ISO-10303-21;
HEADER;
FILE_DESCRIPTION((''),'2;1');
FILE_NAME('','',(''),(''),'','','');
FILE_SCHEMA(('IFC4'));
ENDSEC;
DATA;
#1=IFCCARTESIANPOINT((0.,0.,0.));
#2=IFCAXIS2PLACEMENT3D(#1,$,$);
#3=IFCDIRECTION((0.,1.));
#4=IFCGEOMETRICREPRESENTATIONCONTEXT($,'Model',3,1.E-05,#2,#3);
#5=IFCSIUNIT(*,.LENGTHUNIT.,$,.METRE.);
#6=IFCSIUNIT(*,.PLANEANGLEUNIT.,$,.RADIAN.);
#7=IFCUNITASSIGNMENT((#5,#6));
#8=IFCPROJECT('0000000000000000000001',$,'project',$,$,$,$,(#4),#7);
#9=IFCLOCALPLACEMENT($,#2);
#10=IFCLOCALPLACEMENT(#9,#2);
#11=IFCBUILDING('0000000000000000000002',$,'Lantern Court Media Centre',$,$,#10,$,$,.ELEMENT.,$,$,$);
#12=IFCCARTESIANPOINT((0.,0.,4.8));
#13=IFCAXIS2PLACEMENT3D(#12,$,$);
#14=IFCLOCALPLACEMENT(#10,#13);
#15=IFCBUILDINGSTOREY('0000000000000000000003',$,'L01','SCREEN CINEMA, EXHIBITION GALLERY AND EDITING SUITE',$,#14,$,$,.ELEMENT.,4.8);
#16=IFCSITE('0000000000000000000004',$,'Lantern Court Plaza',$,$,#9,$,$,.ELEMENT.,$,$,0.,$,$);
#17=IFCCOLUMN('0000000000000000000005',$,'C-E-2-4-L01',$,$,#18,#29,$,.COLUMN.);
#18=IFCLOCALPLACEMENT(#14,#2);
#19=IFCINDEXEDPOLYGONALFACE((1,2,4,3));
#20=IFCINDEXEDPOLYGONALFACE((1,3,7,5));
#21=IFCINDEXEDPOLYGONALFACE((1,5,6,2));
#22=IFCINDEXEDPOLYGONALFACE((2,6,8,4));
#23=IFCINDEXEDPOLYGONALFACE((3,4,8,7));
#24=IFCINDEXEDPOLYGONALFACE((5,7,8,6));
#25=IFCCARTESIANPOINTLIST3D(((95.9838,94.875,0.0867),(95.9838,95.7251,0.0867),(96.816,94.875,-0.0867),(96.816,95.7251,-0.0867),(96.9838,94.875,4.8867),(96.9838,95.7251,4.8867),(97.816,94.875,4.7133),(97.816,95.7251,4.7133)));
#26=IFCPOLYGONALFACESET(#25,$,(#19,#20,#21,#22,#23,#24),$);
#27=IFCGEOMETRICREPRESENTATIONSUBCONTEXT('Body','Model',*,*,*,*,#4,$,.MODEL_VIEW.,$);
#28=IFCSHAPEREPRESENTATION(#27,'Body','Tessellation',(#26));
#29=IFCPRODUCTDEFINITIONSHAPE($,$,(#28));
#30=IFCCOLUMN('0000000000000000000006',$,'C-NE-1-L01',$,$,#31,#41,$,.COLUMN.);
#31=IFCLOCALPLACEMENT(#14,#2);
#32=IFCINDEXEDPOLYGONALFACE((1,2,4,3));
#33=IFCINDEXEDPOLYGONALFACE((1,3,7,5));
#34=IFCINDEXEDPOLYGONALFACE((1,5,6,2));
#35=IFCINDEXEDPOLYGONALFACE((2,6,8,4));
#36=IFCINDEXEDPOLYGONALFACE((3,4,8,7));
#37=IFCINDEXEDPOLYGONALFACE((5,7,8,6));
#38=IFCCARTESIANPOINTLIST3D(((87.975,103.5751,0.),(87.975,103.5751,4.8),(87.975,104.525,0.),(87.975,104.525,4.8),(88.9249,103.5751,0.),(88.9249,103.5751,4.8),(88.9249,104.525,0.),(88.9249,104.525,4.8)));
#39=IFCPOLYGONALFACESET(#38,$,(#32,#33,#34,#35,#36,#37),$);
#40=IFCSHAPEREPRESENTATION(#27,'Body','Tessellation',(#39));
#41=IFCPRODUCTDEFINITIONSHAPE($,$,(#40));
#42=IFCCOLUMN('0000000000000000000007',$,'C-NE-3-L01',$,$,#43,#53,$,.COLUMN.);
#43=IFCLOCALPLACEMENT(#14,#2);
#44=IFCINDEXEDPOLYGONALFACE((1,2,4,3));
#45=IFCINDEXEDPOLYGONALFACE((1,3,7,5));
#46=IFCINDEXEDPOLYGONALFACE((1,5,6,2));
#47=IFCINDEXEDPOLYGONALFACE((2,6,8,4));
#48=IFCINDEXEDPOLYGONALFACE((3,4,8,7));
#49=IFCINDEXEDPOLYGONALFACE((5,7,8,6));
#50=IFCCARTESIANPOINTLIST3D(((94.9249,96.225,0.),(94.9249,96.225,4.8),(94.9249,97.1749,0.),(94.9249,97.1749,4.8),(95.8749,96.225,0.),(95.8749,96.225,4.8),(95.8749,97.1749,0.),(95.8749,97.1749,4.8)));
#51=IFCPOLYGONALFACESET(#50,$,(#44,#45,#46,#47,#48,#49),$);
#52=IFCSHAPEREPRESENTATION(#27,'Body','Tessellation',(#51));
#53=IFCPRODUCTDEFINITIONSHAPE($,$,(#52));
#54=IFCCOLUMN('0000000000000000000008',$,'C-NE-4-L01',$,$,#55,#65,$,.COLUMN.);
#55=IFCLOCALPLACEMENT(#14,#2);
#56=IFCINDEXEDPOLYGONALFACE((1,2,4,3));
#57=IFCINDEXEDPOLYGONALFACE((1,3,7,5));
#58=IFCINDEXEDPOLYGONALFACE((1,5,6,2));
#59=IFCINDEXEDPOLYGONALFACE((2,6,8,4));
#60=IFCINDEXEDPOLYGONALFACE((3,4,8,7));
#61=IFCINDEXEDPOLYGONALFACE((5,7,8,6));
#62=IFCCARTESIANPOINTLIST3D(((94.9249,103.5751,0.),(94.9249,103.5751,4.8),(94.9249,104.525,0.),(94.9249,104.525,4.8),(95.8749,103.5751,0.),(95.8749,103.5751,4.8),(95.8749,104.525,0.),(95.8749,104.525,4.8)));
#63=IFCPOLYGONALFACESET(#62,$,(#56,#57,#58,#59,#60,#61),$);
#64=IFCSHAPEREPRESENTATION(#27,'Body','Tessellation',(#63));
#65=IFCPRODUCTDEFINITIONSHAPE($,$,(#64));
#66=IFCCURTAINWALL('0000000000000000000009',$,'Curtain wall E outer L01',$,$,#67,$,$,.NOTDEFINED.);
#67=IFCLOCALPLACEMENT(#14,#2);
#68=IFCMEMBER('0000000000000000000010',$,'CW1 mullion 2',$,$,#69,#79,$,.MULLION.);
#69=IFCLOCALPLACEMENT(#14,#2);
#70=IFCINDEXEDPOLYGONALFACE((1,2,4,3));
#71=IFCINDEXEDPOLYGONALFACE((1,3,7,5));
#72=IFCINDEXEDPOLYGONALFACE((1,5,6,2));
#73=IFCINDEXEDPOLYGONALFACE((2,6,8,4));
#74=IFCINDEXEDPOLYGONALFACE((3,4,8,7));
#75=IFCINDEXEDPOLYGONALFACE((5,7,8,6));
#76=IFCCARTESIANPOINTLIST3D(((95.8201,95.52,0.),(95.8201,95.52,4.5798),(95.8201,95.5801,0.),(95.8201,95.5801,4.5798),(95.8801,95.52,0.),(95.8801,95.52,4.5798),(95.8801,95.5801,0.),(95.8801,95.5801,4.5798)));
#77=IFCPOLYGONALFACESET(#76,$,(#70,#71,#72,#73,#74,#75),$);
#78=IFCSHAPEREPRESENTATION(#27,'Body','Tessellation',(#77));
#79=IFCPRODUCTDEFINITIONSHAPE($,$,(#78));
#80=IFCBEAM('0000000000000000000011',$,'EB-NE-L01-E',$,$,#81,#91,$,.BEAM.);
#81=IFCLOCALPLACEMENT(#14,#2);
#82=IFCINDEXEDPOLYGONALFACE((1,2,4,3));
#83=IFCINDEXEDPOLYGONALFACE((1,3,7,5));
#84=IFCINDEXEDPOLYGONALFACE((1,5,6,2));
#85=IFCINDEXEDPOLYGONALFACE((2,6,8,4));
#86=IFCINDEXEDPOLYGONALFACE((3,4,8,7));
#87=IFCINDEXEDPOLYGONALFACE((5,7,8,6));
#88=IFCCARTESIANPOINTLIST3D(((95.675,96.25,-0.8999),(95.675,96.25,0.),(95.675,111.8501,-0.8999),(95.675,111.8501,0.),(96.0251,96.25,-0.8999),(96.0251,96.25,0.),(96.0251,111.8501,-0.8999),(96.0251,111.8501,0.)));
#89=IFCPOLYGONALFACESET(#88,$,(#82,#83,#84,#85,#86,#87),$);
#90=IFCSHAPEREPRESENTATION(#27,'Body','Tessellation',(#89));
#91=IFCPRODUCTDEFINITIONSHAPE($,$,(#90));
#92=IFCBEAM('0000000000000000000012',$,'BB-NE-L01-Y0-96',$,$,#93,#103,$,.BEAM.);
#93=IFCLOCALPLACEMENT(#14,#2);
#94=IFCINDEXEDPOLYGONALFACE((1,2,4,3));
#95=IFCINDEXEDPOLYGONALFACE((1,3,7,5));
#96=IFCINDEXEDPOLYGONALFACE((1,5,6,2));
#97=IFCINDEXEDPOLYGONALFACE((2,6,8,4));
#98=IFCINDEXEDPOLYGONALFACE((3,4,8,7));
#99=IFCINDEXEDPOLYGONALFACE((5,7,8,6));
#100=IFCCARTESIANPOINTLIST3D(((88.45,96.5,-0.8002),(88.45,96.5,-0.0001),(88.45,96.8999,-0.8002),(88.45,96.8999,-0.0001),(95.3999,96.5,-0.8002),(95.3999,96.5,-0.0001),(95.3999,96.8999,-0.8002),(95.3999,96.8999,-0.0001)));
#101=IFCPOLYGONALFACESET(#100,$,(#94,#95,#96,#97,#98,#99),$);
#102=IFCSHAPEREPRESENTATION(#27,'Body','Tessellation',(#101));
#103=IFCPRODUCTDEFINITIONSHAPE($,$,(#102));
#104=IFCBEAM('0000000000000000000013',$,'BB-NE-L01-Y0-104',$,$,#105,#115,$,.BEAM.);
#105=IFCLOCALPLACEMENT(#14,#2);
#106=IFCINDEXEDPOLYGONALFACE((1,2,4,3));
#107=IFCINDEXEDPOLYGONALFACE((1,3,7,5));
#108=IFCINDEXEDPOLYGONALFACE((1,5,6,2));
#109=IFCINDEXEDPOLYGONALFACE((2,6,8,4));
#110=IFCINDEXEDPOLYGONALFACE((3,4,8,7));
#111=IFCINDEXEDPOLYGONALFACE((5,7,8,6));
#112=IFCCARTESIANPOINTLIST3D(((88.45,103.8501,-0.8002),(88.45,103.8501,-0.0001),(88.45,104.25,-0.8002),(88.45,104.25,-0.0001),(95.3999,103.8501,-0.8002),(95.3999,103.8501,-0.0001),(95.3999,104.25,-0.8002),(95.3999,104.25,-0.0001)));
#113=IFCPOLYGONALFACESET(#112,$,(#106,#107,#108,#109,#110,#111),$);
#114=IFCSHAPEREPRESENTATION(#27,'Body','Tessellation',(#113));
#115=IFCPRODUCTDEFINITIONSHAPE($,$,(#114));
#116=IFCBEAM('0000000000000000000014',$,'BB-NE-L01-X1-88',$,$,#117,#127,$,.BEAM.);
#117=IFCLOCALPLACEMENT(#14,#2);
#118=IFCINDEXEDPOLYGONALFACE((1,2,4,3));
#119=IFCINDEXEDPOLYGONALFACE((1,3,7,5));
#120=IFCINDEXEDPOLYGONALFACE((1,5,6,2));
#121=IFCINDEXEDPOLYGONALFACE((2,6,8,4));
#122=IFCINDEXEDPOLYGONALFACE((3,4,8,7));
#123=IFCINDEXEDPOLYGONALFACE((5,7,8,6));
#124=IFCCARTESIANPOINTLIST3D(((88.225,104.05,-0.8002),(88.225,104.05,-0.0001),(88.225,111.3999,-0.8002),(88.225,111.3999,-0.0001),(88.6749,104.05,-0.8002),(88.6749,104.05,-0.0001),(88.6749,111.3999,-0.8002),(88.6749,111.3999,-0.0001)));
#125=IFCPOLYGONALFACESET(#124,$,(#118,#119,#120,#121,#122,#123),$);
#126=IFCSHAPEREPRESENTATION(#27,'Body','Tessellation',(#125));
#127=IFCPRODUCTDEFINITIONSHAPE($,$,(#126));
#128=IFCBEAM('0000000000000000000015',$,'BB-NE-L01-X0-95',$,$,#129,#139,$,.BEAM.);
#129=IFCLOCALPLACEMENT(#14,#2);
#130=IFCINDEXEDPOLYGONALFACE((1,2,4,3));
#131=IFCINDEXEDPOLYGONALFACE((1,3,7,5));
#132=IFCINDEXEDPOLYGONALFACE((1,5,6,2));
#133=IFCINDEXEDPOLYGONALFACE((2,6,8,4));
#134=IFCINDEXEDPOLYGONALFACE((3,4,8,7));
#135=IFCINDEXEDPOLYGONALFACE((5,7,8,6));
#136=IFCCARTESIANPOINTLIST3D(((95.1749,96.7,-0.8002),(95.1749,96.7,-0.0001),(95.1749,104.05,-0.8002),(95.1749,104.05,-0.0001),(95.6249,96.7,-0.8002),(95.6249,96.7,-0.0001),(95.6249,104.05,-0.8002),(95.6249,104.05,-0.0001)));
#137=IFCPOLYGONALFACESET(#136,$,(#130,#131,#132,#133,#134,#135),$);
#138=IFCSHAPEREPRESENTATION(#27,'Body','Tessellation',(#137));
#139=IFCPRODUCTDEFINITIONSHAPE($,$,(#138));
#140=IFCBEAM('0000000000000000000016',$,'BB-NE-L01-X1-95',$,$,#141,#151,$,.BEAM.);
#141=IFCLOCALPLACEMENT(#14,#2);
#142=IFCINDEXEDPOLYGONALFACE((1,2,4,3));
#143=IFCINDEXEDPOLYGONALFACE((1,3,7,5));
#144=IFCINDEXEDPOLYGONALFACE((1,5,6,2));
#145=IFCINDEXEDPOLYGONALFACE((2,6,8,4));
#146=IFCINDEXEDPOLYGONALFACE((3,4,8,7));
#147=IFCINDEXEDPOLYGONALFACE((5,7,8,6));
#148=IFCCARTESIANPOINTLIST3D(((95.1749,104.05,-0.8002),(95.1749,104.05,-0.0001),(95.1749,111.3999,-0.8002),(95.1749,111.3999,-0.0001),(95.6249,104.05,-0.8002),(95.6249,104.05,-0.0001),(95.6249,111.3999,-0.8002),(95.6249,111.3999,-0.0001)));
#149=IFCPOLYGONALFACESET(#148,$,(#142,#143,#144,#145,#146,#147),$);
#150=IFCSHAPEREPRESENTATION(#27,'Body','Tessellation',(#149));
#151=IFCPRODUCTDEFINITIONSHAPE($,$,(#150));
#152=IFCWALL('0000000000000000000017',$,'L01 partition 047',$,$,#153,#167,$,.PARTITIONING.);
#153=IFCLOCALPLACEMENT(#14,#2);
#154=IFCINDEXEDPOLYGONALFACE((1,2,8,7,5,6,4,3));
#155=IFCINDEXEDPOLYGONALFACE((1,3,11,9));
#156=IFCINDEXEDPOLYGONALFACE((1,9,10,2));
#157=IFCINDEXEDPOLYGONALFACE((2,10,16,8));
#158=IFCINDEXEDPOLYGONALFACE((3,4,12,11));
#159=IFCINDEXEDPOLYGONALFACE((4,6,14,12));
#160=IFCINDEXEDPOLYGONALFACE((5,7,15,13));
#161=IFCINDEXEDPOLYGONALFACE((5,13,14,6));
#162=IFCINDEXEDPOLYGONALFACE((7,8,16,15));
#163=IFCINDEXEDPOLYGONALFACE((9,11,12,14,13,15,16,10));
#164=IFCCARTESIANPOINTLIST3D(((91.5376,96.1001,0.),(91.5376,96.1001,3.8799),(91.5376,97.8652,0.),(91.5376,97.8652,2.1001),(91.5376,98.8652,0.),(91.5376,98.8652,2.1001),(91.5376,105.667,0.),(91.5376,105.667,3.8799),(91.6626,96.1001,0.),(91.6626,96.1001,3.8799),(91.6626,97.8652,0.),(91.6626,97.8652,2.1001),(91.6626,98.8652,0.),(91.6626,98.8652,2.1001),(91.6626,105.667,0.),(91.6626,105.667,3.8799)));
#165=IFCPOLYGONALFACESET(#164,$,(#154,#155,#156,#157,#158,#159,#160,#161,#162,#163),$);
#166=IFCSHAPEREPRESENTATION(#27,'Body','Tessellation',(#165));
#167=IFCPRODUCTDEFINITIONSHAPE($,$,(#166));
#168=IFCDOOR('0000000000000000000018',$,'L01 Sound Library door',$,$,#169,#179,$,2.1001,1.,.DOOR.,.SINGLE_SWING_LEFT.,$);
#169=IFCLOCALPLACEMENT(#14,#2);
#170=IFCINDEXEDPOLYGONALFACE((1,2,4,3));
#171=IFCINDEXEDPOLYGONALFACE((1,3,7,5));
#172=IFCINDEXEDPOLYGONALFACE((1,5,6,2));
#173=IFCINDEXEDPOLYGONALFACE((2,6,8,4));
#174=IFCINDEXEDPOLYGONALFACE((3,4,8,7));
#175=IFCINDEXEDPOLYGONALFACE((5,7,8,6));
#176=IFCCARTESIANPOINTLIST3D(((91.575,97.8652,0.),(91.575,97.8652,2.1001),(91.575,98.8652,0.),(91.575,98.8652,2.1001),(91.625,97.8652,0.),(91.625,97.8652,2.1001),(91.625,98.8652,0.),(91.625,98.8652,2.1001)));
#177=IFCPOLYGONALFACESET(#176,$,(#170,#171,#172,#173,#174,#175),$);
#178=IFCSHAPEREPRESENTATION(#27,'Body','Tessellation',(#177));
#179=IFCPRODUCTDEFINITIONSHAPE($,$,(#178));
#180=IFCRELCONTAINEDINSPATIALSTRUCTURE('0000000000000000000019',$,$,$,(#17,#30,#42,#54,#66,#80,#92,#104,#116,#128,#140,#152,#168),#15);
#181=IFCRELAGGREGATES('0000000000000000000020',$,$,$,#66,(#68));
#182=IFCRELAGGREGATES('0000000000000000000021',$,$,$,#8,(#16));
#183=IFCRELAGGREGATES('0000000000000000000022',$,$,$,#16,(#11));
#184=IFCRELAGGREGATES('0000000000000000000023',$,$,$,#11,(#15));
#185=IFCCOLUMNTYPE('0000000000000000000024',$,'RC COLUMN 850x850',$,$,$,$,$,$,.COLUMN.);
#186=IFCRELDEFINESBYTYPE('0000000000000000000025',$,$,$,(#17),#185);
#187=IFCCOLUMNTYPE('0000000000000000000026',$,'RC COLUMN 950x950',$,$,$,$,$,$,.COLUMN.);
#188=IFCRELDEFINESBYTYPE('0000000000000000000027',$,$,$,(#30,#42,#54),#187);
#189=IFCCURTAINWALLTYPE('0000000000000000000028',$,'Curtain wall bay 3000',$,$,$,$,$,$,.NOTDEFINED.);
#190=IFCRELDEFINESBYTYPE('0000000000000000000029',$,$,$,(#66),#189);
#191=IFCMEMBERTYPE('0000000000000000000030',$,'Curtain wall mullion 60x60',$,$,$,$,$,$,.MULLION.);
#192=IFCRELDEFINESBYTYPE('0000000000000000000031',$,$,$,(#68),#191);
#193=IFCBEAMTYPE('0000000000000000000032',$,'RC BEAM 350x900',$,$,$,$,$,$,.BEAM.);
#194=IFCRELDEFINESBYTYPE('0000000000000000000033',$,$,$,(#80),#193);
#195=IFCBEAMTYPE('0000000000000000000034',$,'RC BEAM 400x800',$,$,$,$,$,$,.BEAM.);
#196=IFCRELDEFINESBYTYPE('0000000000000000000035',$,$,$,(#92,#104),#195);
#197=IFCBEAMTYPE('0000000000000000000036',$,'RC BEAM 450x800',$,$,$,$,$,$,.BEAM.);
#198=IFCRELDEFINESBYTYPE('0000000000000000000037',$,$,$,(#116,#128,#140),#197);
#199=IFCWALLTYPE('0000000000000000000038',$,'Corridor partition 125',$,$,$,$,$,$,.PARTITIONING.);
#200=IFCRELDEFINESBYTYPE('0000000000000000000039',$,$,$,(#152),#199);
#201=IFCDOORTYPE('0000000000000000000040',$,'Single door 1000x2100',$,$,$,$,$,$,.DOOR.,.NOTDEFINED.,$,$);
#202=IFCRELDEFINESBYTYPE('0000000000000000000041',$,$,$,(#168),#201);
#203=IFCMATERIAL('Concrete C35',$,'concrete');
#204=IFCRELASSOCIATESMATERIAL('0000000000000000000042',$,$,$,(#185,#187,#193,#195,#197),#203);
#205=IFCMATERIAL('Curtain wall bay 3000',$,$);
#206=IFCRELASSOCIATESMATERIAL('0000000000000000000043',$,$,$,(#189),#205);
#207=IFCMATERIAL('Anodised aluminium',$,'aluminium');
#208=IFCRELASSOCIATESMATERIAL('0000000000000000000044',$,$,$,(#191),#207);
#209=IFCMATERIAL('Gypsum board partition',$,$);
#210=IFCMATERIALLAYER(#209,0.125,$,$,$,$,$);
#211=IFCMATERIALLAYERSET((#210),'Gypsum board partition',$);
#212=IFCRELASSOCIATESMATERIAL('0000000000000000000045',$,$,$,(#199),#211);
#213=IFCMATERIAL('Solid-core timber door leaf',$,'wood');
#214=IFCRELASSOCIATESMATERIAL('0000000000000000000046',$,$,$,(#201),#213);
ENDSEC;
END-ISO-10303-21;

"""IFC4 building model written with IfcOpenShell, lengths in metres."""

from ifc_helpers import new_model, si_unit, direction, frame, frame_2d, origin, origin_2d, place, context, subcontext, project, spatial, rectangle, extrude, material, layer, layer_set, material_profile, profile_set, type_object, element, fill, aggregate, save


model = new_model("IFC4")

# Units and contexts
model_context = context("Model", 3, precision=1e-05, world=origin(), true_north=direction((0.0, 1.0)))
body_context = subcontext(model_context, "Body", "Model", "MODEL_VIEW")
ifc_project = project(units=[si_unit("LENGTHUNIT", "METRE"), si_unit("PLANEANGLEUNIT", "RADIAN")], contexts=[model_context])

# Site, building, storey
site_placement = place(None, origin())
site = spatial("IfcSite", under=ifc_project, at=site_placement, Name="Lantern Court Plaza", CompositionType="ELEMENT", RefElevation=0.0)
building_placement = place(site_placement, origin())
building = spatial("IfcBuilding", under=site, at=building_placement, Name="Lantern Court Media Centre", CompositionType="ELEMENT")
storey_placement = place(building_placement, frame((0.0, 0.0, 4.8)))
storey = spatial("IfcBuildingStorey", under=building, at=storey_placement, Name="L01", Description="SCREEN CINEMA, EXHIBITION GALLERY AND EDITING SUITE", CompositionType="ELEMENT", Elevation=4.8)

# Columns
ifc_material_1 = material(Name="Concrete C35", Category="concrete")
ifc_material_profile_1 = material_profile(ifc_material_1, rectangle(XDim=0.8501, YDim=0.8501, at=origin_2d()), Name="RC 850x850")
ifc_profile_set_1 = profile_set([ifc_material_profile_1], Name="Concrete C35")
column_type_1 = type_object("IfcColumnType", Name="RC COLUMN 850x850", PredefinedType="COLUMN", material=ifc_profile_set_1)
column_placement = place(storey_placement, frame((96.3999, 95.3, 0.0), z_axis=(0.203952, 0.0, 0.978981), x_axis=(0.0, 1.0, 0.0)))
element("IfcColumn", 1, at=column_placement, inside=storey, type_object=column_type_1, Name="C-E-2-4-L01", PredefinedType="COLUMN", context=body_context, shape_type="SweptSolid", body=[
    extrude(rectangle(XDim=0.8501, YDim=0.8501, at=origin_2d()), origin(), (0.0, 0.0, 1.0), 4.9031),
])
ifc_material_profile_2 = material_profile(ifc_material_1, rectangle(XDim=0.95, YDim=0.95, at=origin_2d()), Name="RC 950x950")
ifc_profile_set_2 = profile_set([ifc_material_profile_2], Name="Concrete C35")
column_type_2 = type_object("IfcColumnType", Name="RC COLUMN 950x950", PredefinedType="COLUMN", material=ifc_profile_set_2)
for number, where, z_axis, x_axis, name in (
    (2, (88.45, 104.05, 0.0), (0.0, 0.0, 1.0), (1.0, 0.0, 0.0), "C-NE-1-L01"),
    (3, (95.3999, 96.7, 0.0), (0.0, 0.0, 1.0), (1.0, 0.0, 0.0), "C-NE-3-L01"),
    (4, (95.3999, 104.05, 0.0), (0.0, 0.0, 1.0), (1.0, 0.0, 0.0), "C-NE-4-L01"),
):
    element("IfcColumn", number, at=place(storey_placement, frame(where, z_axis=z_axis, x_axis=x_axis)), inside=storey, type_object=column_type_2, Name=name, PredefinedType="COLUMN", context=body_context, shape_type="SweptSolid", body=[
        extrude(rectangle(XDim=0.95, YDim=0.95, at=origin_2d()), origin(), (0.0, 0.0, 1.0), 4.8),
    ])

# Curtain wall, member
ifc_material_2 = material(Name="Curtain wall bay 3000")
curtain_wall_type = type_object("IfcCurtainWallType", Name="Curtain wall bay 3000", PredefinedType="NOTDEFINED", material=ifc_material_2)
curtain_wall_placement = place(storey_placement, origin())
curtain_wall = element("IfcCurtainWall", 5, at=curtain_wall_placement, inside=storey, type_object=curtain_wall_type, Name="Curtain wall E outer L01", PredefinedType="NOTDEFINED")
ifc_material_3 = material(Name="Anodised aluminium", Category="aluminium")
ifc_material_profile_3 = material_profile(ifc_material_3, rectangle(XDim=0.0601, YDim=0.0601, at=origin_2d()), Name="AL 60x60")
ifc_profile_set_3 = profile_set([ifc_material_profile_3], Name="Anodised aluminium")
member_type = type_object("IfcMemberType", Name="Curtain wall mullion 60x60", PredefinedType="MULLION", material=ifc_profile_set_3)
member_placement = place(storey_placement, frame((95.8501, 95.55, 0.0), z_axis=(0.0, 0.0, 1.0), x_axis=(-1.0, 0.0, 0.0)))
member = element("IfcMember", 6, at=member_placement, type_object=member_type, Name="CW1 mullion 2", PredefinedType="MULLION", context=body_context, shape_type="SweptSolid", body=[
    extrude(rectangle(XDim=0.0601, YDim=0.0601, at=origin_2d()), origin(), (0.0, 0.0, 1.0), 4.5798),
])
aggregate(curtain_wall, [member])

# Beams
ifc_material_profile_4 = material_profile(ifc_material_1, rectangle(XDim=0.3501, YDim=0.8999, at=origin_2d()), Name="RC 350x900")
ifc_profile_set_4 = profile_set([ifc_material_profile_4], Name="Concrete C35")
beam_type_1 = type_object("IfcBeamType", Name="RC BEAM 350x900", PredefinedType="BEAM", material=ifc_profile_set_4)
beam_1_placement = place(storey_placement, frame((95.8501, 96.25, -0.45), z_axis=(0.0, 1.0, 0.0), x_axis=(-1.0, 0.0, 0.0)))
element("IfcBeam", 7, at=beam_1_placement, inside=storey, type_object=beam_type_1, Name="EB-NE-L01-E", PredefinedType="BEAM", context=body_context, shape_type="SweptSolid", body=[
    extrude(rectangle(XDim=0.3501, YDim=0.8999, at=origin_2d()), origin(), (0.0, 0.0, 1.0), 15.6001),
])
ifc_material_profile_5 = material_profile(ifc_material_1, rectangle(XDim=0.3999, YDim=0.8, at=origin_2d()), Name="RC 400x800")
ifc_profile_set_5 = profile_set([ifc_material_profile_5], Name="Concrete C35")
beam_type_2 = type_object("IfcBeamType", Name="RC BEAM 400x800", PredefinedType="BEAM", material=ifc_profile_set_5)
for number, where, z_axis, x_axis, name in (
    (8, (88.45, 96.7, -0.4001), (1.0, 0.0, 0.0), (0.0, 1.0, 0.0), "BB-NE-L01-Y0-96"),
    (9, (88.45, 104.05, -0.4001), (1.0, 0.0, 0.0), (0.0, 1.0, 0.0), "BB-NE-L01-Y0-104"),
):
    element("IfcBeam", number, at=place(storey_placement, frame(where, z_axis=z_axis, x_axis=x_axis)), inside=storey, type_object=beam_type_2, Name=name, PredefinedType="BEAM", context=body_context, shape_type="SweptSolid", body=[
        extrude(rectangle(XDim=0.3999, YDim=0.8, at=origin_2d()), origin(), (0.0, 0.0, 1.0), 6.95),
    ])
ifc_material_profile_6 = material_profile(ifc_material_1, rectangle(XDim=0.45, YDim=0.8, at=origin_2d()), Name="RC 450x800")
ifc_profile_set_6 = profile_set([ifc_material_profile_6], Name="Concrete C35")
beam_type_3 = type_object("IfcBeamType", Name="RC BEAM 450x800", PredefinedType="BEAM", material=ifc_profile_set_6)
beam_2_placement = place(storey_placement, frame((88.45, 104.05, -0.4001), z_axis=(0.0, 1.0, 0.0), x_axis=(-1.0, 0.0, 0.0)))
element("IfcBeam", 10, at=beam_2_placement, inside=storey, type_object=beam_type_3, Name="BB-NE-L01-X1-88", PredefinedType="BEAM", context=body_context, shape_type="SweptSolid", body=[
    extrude(rectangle(XDim=0.45, YDim=0.8, at=origin_2d()), origin(), (0.0, 0.0, 1.0), 7.3499),
])
beam_3_placement = place(storey_placement, frame((95.3999, 96.7, -0.4001), z_axis=(0.0, 1.0, 0.0), x_axis=(-1.0, 0.0, 0.0)))
element("IfcBeam", 11, at=beam_3_placement, inside=storey, type_object=beam_type_3, Name="BB-NE-L01-X0-95", PredefinedType="BEAM", context=body_context, shape_type="SweptSolid", body=[
    extrude(rectangle(XDim=0.45, YDim=0.8, at=origin_2d()), origin(), (0.0, 0.0, 1.0), 7.3501),
])
beam_4_placement = place(storey_placement, frame((95.3999, 104.05, -0.4001), z_axis=(0.0, 1.0, 0.0), x_axis=(-1.0, 0.0, 0.0)))
element("IfcBeam", 12, at=beam_4_placement, inside=storey, type_object=beam_type_3, Name="BB-NE-L01-X1-95", PredefinedType="BEAM", context=body_context, shape_type="SweptSolid", body=[
    extrude(rectangle(XDim=0.45, YDim=0.8, at=origin_2d()), origin(), (0.0, 0.0, 1.0), 7.3499),
])

# Wall, opening, door
ifc_material_4 = material(Name="Gypsum board partition")
ifc_layer_1 = layer(ifc_material_4, 0.125)
ifc_layer_set_1 = layer_set([ifc_layer_1], Name="Gypsum board partition")
wall_type_1 = type_object("IfcWallType", Name="Corridor partition 125", PredefinedType="PARTITIONING", material=ifc_layer_set_1)
wall_1_placement = place(storey_placement, frame((91.6001, 96.1001, 0.0), z_axis=(0.0, 0.0, 1.0), x_axis=(0.0, 1.0, 0.0)))
wall_1 = element("IfcWall", 13, at=wall_1_placement, inside=storey, type_object=wall_type_1, Name="L01 partition 047", PredefinedType="PARTITIONING", context=body_context, shape_type="SweptSolid", body=[
    extrude(rectangle(XDim=9.5669, YDim=0.125, at=frame_2d((4.7834, 0.0))), origin(), (0.0, 0.0, 1.0), 3.8799),
])
opening_1_placement = place(wall_1_placement, frame((1.7651, 0.0, 0.0)))
opening_1 = element("IfcOpeningElement", 14, at=opening_1_placement, cuts=wall_1, PredefinedType="OPENING", context=body_context, shape_type="SweptSolid", body=[
    extrude(rectangle(XDim=1.0, YDim=2.1001, at=frame_2d((0.5, 1.05))), frame((0.0, 0.0725, 0.0), z_axis=(0.0, -1.0, 0.0), x_axis=(1.0, 0.0, 0.0)), (0.0, 0.0, 1.0), 0.145),
])
ifc_material_5 = material(Name="Solid-core timber door leaf", Category="wood")
door_type = type_object("IfcDoorType", Name="Single door 1000x2100", OperationType="NOTDEFINED", PredefinedType="DOOR", material=ifc_material_5)
door_1_placement = place(opening_1_placement, frame((1.0, 0.0, 0.0), z_axis=(0.0, 0.0, 1.0), x_axis=(-1.0, 0.0, 0.0)))
door_1 = element("IfcDoor", 15, at=door_1_placement, inside=storey, type_object=door_type, Name="L01 Sound Library door", OperationType="SINGLE_SWING_LEFT", OverallHeight=2.1001, OverallWidth=1.0, PredefinedType="DOOR", context=body_context, shape_type="SweptSolid", body=[
    extrude(rectangle(XDim=1.0, YDim=2.1001, at=frame_2d((0.5, 1.05))), frame((0.0, 0.0249, 0.0), z_axis=(0.0, -1.0, 0.0), x_axis=(1.0, 0.0, 0.0)), (0.0, 0.0, 1.0), 0.05),
])
fill(opening_1, door_1)

save(model, "model.ifc")
